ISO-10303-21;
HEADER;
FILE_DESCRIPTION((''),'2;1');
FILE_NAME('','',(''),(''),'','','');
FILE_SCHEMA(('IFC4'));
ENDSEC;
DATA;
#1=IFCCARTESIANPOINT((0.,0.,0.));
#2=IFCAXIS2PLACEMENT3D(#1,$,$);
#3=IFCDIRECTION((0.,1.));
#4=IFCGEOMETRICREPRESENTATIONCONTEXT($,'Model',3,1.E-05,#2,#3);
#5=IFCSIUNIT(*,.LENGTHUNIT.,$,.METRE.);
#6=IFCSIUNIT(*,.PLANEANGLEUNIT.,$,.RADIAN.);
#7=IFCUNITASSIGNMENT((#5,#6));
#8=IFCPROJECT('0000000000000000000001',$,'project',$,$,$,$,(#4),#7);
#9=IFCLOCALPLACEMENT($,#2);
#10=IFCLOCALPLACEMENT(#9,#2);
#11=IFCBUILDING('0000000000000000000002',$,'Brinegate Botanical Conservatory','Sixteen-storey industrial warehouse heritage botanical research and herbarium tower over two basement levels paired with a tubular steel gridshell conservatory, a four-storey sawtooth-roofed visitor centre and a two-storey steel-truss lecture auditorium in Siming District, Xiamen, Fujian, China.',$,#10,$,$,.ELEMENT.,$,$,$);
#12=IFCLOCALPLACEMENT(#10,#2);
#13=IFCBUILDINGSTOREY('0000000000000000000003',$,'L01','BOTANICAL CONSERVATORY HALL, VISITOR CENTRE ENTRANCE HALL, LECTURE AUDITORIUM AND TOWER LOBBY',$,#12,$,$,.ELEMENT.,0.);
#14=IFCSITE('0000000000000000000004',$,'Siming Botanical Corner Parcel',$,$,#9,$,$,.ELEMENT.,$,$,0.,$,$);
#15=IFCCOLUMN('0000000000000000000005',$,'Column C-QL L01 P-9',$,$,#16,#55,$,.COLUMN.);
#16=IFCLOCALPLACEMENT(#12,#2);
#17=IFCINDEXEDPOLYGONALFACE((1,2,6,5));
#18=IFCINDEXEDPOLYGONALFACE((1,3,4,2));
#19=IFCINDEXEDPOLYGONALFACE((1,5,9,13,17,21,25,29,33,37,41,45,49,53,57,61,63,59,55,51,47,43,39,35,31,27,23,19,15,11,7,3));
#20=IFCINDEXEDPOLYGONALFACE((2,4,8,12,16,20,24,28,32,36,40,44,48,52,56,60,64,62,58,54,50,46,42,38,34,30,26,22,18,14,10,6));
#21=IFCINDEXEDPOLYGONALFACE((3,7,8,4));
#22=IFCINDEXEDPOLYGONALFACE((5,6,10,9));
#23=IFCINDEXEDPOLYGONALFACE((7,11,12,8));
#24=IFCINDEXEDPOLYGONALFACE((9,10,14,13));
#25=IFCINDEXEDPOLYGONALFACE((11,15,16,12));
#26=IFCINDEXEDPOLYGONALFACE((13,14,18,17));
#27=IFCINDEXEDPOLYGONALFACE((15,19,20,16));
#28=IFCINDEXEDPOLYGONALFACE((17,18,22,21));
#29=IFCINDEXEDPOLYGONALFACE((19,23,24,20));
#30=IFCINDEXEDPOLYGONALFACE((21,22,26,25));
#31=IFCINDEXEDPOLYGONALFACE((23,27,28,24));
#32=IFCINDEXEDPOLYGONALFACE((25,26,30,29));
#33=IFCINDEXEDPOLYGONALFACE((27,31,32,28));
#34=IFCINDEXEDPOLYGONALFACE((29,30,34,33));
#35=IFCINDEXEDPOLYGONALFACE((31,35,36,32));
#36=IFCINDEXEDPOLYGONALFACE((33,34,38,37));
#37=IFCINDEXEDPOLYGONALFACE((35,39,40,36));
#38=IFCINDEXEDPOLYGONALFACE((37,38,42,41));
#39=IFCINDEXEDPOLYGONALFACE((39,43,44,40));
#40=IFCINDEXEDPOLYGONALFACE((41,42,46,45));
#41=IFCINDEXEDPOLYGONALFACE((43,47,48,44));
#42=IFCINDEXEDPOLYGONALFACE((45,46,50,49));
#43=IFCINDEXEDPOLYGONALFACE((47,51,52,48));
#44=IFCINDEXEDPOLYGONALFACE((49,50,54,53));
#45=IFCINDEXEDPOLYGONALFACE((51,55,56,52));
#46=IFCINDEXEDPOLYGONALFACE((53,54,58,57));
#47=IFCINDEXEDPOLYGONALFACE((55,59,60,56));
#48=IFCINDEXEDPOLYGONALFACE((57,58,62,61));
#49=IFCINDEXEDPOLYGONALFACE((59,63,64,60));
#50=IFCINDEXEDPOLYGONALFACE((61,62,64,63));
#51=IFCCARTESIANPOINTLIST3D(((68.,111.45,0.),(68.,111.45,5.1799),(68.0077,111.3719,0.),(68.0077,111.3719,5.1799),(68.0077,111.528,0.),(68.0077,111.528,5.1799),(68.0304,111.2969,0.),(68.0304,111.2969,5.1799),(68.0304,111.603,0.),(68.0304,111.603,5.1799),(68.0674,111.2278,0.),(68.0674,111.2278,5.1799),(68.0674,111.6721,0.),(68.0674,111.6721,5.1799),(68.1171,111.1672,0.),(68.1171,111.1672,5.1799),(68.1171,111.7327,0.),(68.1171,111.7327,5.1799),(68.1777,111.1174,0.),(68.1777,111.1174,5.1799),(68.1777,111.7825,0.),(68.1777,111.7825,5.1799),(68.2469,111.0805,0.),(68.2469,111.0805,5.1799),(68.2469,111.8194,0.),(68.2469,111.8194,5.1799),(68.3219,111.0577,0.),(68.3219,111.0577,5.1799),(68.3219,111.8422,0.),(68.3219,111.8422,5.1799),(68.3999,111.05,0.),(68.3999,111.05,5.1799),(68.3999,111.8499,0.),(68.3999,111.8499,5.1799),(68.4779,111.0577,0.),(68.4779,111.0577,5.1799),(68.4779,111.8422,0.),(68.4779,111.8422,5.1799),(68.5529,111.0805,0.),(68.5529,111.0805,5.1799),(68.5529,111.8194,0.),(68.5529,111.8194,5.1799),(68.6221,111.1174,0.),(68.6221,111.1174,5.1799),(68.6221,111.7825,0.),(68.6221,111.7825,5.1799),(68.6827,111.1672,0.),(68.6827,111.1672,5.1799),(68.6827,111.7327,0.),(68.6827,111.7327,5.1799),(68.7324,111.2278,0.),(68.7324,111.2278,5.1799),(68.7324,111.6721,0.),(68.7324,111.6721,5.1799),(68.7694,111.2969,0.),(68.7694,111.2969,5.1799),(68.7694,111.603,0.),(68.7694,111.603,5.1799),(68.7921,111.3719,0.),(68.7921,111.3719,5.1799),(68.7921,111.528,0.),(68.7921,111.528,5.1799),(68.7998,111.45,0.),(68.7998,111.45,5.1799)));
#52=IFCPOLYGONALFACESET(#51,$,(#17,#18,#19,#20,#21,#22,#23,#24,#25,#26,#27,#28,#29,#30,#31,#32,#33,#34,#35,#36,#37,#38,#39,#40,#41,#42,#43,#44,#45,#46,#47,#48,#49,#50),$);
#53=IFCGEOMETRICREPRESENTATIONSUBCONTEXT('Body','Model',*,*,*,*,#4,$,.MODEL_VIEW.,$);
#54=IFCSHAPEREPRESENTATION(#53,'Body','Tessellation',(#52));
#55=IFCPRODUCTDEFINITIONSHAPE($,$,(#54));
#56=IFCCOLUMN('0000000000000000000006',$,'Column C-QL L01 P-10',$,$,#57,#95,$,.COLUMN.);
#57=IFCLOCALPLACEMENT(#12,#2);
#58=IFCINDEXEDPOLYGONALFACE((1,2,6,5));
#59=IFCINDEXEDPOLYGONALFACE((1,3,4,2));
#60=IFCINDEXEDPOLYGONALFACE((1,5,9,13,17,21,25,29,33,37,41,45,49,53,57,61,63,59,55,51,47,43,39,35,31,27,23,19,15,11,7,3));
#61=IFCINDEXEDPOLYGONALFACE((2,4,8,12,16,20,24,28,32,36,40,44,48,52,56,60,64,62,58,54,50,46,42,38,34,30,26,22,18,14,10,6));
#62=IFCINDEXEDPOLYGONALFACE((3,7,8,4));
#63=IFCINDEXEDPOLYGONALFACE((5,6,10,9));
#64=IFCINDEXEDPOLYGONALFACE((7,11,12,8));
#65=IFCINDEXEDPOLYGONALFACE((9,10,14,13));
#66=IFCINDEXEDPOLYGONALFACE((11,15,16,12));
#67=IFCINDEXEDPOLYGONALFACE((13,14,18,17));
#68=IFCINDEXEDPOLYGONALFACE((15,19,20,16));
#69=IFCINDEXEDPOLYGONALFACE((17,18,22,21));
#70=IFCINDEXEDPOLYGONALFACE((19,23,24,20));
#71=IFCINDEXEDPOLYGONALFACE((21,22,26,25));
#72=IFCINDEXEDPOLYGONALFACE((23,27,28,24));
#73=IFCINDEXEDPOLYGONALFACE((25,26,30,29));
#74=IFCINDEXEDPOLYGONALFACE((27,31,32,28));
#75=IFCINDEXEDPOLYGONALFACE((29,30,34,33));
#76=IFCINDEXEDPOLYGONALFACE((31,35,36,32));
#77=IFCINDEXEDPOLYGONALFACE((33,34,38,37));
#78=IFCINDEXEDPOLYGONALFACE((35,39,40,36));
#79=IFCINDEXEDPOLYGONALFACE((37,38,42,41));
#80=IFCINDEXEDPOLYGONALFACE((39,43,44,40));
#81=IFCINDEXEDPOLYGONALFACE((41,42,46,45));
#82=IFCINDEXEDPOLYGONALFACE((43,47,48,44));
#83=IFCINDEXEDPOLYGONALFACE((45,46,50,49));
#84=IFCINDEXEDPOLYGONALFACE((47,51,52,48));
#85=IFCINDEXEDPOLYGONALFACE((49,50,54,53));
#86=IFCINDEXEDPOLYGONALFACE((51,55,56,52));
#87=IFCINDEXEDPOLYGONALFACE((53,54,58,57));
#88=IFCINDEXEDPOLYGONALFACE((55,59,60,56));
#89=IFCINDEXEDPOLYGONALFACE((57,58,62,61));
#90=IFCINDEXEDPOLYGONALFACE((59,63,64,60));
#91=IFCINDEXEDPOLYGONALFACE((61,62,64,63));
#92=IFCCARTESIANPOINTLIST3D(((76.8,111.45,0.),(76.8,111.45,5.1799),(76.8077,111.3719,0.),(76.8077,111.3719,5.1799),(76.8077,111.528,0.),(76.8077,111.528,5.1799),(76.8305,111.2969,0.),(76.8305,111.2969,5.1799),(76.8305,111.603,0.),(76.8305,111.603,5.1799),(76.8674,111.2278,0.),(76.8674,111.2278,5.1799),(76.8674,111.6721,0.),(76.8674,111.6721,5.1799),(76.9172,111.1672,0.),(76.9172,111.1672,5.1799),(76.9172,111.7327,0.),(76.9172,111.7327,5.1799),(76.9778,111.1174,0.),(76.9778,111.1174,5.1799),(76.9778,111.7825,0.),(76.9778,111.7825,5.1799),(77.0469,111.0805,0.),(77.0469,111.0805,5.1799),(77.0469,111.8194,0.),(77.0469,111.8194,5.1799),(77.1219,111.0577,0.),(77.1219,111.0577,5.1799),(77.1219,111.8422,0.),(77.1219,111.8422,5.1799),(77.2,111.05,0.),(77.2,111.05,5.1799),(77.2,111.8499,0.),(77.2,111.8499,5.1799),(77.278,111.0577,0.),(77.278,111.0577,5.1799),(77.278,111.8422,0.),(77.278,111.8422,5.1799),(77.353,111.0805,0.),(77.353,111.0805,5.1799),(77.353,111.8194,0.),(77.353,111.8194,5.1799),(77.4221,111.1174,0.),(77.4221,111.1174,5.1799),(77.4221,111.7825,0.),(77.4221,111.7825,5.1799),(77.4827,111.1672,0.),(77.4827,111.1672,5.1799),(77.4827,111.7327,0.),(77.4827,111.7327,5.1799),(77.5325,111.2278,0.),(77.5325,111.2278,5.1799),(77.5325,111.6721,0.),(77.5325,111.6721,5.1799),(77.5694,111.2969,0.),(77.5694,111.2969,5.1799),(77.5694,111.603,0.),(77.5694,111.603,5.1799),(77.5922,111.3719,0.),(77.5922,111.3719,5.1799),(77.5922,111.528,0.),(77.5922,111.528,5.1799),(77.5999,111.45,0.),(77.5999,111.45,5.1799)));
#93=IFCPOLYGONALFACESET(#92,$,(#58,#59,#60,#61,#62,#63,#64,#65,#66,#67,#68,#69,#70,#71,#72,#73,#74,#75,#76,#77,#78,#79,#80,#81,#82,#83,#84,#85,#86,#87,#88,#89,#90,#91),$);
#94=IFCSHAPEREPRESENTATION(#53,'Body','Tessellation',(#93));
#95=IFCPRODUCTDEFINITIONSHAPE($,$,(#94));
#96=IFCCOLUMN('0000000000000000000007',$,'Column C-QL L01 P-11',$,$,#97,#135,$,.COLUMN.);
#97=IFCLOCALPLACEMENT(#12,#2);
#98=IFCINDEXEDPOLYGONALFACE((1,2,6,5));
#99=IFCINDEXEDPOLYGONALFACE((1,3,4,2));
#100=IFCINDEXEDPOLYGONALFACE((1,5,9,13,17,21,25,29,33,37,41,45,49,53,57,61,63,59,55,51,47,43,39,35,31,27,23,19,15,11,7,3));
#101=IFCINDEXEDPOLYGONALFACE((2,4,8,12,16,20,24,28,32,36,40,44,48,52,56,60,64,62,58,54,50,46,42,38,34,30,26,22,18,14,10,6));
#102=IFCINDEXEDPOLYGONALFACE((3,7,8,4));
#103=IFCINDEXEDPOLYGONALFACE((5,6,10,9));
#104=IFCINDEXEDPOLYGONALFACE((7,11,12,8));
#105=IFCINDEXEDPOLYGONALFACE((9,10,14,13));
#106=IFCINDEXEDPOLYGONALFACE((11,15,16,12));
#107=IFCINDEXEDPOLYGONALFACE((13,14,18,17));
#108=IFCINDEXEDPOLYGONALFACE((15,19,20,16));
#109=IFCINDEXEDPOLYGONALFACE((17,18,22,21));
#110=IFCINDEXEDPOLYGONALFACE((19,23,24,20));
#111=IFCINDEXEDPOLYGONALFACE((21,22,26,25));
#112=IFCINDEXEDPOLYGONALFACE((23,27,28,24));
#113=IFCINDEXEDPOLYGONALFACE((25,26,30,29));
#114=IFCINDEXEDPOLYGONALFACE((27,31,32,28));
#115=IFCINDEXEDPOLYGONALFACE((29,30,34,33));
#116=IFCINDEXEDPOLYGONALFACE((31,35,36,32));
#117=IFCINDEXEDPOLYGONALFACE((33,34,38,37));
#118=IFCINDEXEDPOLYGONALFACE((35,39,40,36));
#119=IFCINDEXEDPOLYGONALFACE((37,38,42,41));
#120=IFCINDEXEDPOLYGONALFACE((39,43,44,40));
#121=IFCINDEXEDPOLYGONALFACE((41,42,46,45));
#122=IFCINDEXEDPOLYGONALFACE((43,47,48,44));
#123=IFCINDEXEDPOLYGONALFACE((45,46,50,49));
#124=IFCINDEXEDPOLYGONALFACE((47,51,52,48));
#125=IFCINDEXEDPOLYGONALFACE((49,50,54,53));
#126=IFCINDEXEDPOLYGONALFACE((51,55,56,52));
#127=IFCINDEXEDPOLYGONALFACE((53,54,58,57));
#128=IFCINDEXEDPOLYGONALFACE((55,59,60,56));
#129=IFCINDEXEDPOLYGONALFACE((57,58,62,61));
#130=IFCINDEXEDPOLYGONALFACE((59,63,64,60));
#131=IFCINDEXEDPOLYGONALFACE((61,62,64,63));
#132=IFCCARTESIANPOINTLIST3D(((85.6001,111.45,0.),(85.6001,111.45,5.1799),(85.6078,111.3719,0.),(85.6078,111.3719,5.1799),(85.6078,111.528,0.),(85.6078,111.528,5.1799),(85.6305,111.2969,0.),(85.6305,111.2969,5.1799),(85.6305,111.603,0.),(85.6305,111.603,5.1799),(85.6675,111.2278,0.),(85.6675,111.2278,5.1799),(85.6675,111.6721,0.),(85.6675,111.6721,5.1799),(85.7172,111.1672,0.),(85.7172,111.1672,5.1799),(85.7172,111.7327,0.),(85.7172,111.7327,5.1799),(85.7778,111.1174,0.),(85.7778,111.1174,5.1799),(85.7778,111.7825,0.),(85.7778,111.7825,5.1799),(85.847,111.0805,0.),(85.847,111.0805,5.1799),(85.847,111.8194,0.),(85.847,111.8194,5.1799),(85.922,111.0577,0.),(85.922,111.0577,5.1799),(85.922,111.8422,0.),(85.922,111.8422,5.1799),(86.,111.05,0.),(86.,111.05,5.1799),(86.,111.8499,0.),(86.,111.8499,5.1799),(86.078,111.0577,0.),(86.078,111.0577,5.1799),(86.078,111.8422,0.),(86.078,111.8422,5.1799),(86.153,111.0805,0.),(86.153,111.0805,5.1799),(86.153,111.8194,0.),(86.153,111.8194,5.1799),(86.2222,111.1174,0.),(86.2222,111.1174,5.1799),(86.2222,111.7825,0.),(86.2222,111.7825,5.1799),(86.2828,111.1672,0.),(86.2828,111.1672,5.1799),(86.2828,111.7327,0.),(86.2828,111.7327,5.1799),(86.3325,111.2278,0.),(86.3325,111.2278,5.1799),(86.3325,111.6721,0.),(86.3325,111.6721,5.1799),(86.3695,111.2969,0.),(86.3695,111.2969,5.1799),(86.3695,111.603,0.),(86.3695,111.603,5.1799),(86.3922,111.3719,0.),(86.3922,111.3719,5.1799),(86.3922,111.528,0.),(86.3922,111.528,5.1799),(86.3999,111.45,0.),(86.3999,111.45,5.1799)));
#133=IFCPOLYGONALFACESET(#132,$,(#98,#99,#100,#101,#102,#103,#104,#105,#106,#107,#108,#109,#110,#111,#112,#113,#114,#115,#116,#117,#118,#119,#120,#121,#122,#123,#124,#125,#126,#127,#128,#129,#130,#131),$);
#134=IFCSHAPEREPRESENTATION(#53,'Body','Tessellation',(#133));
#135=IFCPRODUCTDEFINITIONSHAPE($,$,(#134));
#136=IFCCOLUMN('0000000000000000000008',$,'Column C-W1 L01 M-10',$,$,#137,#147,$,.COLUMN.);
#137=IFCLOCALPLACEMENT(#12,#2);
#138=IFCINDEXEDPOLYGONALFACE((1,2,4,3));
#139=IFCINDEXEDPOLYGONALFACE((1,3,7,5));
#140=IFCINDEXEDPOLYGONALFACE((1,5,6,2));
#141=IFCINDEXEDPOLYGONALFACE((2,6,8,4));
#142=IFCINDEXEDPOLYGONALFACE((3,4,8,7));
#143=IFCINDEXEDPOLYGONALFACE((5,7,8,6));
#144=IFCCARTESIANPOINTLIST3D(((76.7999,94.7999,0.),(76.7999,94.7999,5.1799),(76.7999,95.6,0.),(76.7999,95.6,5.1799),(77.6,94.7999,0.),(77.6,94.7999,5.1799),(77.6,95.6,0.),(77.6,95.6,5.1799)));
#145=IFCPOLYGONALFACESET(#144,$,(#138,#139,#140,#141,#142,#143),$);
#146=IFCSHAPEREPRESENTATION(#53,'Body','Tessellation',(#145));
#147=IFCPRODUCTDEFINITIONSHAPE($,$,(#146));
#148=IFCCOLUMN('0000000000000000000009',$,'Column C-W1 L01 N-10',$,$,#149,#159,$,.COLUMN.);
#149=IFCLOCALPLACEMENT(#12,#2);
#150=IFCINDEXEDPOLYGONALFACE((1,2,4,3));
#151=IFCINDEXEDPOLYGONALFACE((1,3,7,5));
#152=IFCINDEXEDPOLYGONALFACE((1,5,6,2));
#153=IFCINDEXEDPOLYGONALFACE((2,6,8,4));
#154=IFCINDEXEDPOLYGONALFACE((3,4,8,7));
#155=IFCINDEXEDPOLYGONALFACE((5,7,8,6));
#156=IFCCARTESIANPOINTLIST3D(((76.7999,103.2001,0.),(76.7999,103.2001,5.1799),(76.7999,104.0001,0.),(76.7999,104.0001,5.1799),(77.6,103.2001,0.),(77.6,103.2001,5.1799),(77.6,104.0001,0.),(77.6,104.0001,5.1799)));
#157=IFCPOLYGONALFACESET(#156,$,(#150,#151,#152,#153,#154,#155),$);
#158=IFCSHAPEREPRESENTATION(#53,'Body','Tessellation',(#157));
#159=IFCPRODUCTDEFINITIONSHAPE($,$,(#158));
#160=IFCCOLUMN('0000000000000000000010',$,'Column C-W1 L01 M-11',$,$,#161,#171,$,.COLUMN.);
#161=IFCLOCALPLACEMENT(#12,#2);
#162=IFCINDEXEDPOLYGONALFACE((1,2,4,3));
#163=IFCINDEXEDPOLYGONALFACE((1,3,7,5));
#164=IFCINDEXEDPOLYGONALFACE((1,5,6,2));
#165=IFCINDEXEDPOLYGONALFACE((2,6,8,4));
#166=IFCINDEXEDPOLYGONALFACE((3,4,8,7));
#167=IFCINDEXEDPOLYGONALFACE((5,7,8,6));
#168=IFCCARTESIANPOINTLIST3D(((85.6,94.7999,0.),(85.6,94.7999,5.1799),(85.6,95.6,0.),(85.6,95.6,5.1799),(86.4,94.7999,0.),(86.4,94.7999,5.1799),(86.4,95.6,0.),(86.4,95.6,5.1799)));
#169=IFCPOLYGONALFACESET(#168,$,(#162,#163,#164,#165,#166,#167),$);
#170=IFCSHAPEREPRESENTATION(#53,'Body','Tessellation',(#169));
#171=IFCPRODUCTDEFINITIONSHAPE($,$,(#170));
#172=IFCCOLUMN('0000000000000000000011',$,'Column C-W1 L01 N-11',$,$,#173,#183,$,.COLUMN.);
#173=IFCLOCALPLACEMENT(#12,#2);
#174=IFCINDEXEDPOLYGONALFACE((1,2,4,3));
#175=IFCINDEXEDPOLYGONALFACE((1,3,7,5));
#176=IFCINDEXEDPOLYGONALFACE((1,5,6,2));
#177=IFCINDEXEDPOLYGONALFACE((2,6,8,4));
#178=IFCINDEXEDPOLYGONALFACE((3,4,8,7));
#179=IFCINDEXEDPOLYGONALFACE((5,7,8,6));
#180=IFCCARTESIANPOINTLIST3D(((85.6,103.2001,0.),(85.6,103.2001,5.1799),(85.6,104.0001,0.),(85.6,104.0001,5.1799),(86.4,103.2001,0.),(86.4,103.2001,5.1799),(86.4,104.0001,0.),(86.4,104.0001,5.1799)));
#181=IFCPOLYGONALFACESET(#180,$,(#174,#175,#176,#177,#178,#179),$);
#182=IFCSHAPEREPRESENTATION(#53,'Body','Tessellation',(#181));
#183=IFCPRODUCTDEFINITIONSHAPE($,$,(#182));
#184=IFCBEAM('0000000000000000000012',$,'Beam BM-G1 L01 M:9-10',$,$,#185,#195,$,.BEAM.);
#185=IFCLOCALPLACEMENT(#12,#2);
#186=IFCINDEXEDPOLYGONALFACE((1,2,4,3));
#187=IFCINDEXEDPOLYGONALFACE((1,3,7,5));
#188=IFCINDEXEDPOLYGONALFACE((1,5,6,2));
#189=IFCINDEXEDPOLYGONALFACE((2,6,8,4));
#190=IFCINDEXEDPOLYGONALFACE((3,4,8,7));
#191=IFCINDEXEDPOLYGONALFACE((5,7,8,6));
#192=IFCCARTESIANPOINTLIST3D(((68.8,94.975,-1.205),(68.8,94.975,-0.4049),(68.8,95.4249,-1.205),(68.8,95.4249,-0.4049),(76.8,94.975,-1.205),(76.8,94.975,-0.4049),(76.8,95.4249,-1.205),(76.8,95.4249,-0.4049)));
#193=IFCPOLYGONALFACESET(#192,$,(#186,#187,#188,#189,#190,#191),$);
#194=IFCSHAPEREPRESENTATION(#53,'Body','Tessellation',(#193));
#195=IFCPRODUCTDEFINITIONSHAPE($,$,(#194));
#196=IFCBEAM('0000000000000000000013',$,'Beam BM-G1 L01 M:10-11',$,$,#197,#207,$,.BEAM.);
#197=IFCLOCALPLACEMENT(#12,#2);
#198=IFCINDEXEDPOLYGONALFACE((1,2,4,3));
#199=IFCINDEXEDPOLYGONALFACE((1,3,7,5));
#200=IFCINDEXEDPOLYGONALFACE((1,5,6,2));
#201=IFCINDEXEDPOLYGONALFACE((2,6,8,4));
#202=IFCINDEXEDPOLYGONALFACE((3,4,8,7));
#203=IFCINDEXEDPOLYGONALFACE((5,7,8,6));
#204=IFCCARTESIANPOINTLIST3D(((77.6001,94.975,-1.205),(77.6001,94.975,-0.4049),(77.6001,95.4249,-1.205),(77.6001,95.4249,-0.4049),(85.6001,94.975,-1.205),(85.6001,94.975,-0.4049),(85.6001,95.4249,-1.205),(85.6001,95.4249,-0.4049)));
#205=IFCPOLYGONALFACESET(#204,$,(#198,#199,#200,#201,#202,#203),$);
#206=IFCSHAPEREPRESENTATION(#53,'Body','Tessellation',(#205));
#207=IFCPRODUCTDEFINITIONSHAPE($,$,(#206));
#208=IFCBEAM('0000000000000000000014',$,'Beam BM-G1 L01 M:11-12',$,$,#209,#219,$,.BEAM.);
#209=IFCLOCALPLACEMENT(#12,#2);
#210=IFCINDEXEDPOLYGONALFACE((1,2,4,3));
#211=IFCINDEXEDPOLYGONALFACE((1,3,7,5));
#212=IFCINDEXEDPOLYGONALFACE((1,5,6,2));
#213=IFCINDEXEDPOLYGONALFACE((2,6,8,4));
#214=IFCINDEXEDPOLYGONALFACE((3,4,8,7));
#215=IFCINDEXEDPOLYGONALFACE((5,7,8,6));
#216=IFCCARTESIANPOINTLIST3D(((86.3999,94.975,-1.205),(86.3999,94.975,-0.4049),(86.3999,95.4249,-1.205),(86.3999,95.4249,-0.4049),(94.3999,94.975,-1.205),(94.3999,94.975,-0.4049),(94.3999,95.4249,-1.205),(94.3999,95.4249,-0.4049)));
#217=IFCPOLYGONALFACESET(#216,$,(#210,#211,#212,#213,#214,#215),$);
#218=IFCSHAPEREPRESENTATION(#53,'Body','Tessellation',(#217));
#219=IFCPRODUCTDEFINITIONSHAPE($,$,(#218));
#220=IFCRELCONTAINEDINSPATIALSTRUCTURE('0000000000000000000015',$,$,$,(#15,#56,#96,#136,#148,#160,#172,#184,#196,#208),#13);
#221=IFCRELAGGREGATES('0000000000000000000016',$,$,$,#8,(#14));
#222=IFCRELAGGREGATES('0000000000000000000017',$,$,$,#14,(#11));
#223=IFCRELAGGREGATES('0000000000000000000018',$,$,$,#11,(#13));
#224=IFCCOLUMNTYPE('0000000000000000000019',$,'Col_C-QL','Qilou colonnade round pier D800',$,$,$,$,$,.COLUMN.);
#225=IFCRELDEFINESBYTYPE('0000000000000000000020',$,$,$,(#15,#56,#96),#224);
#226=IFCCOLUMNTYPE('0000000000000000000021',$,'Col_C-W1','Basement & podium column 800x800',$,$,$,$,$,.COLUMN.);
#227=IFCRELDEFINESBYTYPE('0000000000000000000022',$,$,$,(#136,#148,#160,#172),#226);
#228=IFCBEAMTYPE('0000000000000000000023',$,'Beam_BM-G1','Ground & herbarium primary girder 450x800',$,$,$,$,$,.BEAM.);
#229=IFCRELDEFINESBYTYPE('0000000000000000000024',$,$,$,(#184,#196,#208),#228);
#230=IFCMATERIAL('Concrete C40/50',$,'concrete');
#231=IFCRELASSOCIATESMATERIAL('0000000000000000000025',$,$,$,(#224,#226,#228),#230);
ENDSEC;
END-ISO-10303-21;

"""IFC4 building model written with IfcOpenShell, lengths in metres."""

from ifc_helpers import new_model, si_unit, direction, frame, origin, origin_2d, place, context, subcontext, project, spatial, rectangle, circle, extrude, material, material_profile, profile_set, type_object, element, save


model = new_model("IFC4")

# Units and contexts
model_context = context("Model", 3, precision=1e-05, world=origin(), true_north=direction((0.0, 1.0)))
body_context = subcontext(model_context, "Body", "Model", "MODEL_VIEW")
ifc_project = project(units=[si_unit("LENGTHUNIT", "METRE"), si_unit("PLANEANGLEUNIT", "RADIAN")], contexts=[model_context])

# Site, building, storey
site_placement = place(None, origin())
site = spatial("IfcSite", under=ifc_project, at=site_placement, Name="Siming Botanical Corner Parcel", CompositionType="ELEMENT", RefElevation=0.0)
building_placement = place(site_placement, origin())
building = spatial("IfcBuilding", under=site, at=building_placement, Name="Brinegate Botanical Conservatory", Description="Sixteen-storey industrial warehouse heritage botanical research and herbarium tower over two basement levels paired with a tubular steel gridshell conservatory, a four-storey sawtooth-roofed visitor centre and a two-storey steel-truss lecture auditorium in Siming District, Xiamen, Fujian, China.", CompositionType="ELEMENT")
storey_placement = place(building_placement, origin())
storey = spatial("IfcBuildingStorey", under=building, at=storey_placement, Name="L01", Description="BOTANICAL CONSERVATORY HALL, VISITOR CENTRE ENTRANCE HALL, LECTURE AUDITORIUM AND TOWER LOBBY", CompositionType="ELEMENT", Elevation=0.0)

# Columns
ifc_material_1 = material(Name="Concrete C40/50", Category="concrete")
ifc_material_profile_1 = material_profile(ifc_material_1, circle(Radius=0.3999, at=origin_2d()), Name="RC COL D800")
ifc_profile_set_1 = profile_set([ifc_material_profile_1], Name="Concrete C40/50")
column_type_1 = type_object("IfcColumnType", Name="Col_C-QL", Description="Qilou colonnade round pier D800", PredefinedType="COLUMN", material=ifc_profile_set_1)
for number, where, z_axis, x_axis, name in (
    (1, (68.3999, 111.45, 0.0), (0.0, 0.0, 1.0), (1.0, 0.0, 0.0), "Column C-QL L01 P-9"),
    (2, (77.2, 111.45, 0.0), (0.0, 0.0, 1.0), (1.0, 0.0, 0.0), "Column C-QL L01 P-10"),
    (3, (86.0, 111.45, 0.0), (0.0, 0.0, 1.0), (1.0, 0.0, 0.0), "Column C-QL L01 P-11"),
):
    element("IfcColumn", number, at=place(storey_placement, frame(where, z_axis=z_axis, x_axis=x_axis)), inside=storey, type_object=column_type_1, Name=name, PredefinedType="COLUMN", context=body_context, shape_type="SweptSolid", body=[
        extrude(circle(Radius=0.3999, at=origin_2d()), origin(), (0.0, 0.0, 1.0), 5.1799),
    ])
ifc_material_profile_2 = material_profile(ifc_material_1, rectangle(XDim=0.8, YDim=0.8, at=origin_2d()), Name="RC COL 800x800")
ifc_profile_set_2 = profile_set([ifc_material_profile_2], Name="Concrete C40/50")
column_type_2 = type_object("IfcColumnType", Name="Col_C-W1", Description="Basement & podium column 800x800", PredefinedType="COLUMN", material=ifc_profile_set_2)
for number, where, z_axis, x_axis, name in (
    (4, (77.2, 95.2, 0.0), (0.0, 0.0, 1.0), (1.0, 0.0, 0.0), "Column C-W1 L01 M-10"),
    (5, (77.2, 103.6001, 0.0), (0.0, 0.0, 1.0), (1.0, 0.0, 0.0), "Column C-W1 L01 N-10"),
    (6, (86.0, 95.2, 0.0), (0.0, 0.0, 1.0), (1.0, 0.0, 0.0), "Column C-W1 L01 M-11"),
    (7, (86.0, 103.6001, 0.0), (0.0, 0.0, 1.0), (1.0, 0.0, 0.0), "Column C-W1 L01 N-11"),
):
    element("IfcColumn", number, at=place(storey_placement, frame(where, z_axis=z_axis, x_axis=x_axis)), inside=storey, type_object=column_type_2, Name=name, PredefinedType="COLUMN", context=body_context, shape_type="SweptSolid", body=[
        extrude(rectangle(XDim=0.8, YDim=0.8, at=origin_2d()), origin(), (0.0, 0.0, 1.0), 5.1799),
    ])

# Beams
ifc_material_profile_3 = material_profile(ifc_material_1, rectangle(XDim=0.45, YDim=0.8, at=origin_2d()), Name="RC BM 450x800")
ifc_profile_set_3 = profile_set([ifc_material_profile_3], Name="Concrete C40/50")
beam_type_1 = type_object("IfcBeamType", Name="Beam_BM-G1", Description="Ground & herbarium primary girder 450x800", PredefinedType="BEAM", material=ifc_profile_set_3)
for number, where, z_axis, x_axis, name in (
    (8, (68.8, 95.2, -0.8049), (1.0, 0.0, 0.0), (0.0, 1.0, 0.0), "Beam BM-G1 L01 M:9-10"),
    (9, (77.6001, 95.2, -0.8049), (1.0, 0.0, 0.0), (0.0, 1.0, 0.0), "Beam BM-G1 L01 M:10-11"),
    (10, (86.3999, 95.2, -0.8049), (1.0, 0.0, 0.0), (0.0, 1.0, 0.0), "Beam BM-G1 L01 M:11-12"),
):
    element("IfcBeam", number, at=place(storey_placement, frame(where, z_axis=z_axis, x_axis=x_axis)), inside=storey, type_object=beam_type_1, Name=name, PredefinedType="BEAM", context=body_context, shape_type="SweptSolid", body=[
        extrude(rectangle(XDim=0.45, YDim=0.8, at=origin_2d()), origin(), (0.0, 0.0, 1.0), 8.0),
    ])

save(model, "model.ifc")
